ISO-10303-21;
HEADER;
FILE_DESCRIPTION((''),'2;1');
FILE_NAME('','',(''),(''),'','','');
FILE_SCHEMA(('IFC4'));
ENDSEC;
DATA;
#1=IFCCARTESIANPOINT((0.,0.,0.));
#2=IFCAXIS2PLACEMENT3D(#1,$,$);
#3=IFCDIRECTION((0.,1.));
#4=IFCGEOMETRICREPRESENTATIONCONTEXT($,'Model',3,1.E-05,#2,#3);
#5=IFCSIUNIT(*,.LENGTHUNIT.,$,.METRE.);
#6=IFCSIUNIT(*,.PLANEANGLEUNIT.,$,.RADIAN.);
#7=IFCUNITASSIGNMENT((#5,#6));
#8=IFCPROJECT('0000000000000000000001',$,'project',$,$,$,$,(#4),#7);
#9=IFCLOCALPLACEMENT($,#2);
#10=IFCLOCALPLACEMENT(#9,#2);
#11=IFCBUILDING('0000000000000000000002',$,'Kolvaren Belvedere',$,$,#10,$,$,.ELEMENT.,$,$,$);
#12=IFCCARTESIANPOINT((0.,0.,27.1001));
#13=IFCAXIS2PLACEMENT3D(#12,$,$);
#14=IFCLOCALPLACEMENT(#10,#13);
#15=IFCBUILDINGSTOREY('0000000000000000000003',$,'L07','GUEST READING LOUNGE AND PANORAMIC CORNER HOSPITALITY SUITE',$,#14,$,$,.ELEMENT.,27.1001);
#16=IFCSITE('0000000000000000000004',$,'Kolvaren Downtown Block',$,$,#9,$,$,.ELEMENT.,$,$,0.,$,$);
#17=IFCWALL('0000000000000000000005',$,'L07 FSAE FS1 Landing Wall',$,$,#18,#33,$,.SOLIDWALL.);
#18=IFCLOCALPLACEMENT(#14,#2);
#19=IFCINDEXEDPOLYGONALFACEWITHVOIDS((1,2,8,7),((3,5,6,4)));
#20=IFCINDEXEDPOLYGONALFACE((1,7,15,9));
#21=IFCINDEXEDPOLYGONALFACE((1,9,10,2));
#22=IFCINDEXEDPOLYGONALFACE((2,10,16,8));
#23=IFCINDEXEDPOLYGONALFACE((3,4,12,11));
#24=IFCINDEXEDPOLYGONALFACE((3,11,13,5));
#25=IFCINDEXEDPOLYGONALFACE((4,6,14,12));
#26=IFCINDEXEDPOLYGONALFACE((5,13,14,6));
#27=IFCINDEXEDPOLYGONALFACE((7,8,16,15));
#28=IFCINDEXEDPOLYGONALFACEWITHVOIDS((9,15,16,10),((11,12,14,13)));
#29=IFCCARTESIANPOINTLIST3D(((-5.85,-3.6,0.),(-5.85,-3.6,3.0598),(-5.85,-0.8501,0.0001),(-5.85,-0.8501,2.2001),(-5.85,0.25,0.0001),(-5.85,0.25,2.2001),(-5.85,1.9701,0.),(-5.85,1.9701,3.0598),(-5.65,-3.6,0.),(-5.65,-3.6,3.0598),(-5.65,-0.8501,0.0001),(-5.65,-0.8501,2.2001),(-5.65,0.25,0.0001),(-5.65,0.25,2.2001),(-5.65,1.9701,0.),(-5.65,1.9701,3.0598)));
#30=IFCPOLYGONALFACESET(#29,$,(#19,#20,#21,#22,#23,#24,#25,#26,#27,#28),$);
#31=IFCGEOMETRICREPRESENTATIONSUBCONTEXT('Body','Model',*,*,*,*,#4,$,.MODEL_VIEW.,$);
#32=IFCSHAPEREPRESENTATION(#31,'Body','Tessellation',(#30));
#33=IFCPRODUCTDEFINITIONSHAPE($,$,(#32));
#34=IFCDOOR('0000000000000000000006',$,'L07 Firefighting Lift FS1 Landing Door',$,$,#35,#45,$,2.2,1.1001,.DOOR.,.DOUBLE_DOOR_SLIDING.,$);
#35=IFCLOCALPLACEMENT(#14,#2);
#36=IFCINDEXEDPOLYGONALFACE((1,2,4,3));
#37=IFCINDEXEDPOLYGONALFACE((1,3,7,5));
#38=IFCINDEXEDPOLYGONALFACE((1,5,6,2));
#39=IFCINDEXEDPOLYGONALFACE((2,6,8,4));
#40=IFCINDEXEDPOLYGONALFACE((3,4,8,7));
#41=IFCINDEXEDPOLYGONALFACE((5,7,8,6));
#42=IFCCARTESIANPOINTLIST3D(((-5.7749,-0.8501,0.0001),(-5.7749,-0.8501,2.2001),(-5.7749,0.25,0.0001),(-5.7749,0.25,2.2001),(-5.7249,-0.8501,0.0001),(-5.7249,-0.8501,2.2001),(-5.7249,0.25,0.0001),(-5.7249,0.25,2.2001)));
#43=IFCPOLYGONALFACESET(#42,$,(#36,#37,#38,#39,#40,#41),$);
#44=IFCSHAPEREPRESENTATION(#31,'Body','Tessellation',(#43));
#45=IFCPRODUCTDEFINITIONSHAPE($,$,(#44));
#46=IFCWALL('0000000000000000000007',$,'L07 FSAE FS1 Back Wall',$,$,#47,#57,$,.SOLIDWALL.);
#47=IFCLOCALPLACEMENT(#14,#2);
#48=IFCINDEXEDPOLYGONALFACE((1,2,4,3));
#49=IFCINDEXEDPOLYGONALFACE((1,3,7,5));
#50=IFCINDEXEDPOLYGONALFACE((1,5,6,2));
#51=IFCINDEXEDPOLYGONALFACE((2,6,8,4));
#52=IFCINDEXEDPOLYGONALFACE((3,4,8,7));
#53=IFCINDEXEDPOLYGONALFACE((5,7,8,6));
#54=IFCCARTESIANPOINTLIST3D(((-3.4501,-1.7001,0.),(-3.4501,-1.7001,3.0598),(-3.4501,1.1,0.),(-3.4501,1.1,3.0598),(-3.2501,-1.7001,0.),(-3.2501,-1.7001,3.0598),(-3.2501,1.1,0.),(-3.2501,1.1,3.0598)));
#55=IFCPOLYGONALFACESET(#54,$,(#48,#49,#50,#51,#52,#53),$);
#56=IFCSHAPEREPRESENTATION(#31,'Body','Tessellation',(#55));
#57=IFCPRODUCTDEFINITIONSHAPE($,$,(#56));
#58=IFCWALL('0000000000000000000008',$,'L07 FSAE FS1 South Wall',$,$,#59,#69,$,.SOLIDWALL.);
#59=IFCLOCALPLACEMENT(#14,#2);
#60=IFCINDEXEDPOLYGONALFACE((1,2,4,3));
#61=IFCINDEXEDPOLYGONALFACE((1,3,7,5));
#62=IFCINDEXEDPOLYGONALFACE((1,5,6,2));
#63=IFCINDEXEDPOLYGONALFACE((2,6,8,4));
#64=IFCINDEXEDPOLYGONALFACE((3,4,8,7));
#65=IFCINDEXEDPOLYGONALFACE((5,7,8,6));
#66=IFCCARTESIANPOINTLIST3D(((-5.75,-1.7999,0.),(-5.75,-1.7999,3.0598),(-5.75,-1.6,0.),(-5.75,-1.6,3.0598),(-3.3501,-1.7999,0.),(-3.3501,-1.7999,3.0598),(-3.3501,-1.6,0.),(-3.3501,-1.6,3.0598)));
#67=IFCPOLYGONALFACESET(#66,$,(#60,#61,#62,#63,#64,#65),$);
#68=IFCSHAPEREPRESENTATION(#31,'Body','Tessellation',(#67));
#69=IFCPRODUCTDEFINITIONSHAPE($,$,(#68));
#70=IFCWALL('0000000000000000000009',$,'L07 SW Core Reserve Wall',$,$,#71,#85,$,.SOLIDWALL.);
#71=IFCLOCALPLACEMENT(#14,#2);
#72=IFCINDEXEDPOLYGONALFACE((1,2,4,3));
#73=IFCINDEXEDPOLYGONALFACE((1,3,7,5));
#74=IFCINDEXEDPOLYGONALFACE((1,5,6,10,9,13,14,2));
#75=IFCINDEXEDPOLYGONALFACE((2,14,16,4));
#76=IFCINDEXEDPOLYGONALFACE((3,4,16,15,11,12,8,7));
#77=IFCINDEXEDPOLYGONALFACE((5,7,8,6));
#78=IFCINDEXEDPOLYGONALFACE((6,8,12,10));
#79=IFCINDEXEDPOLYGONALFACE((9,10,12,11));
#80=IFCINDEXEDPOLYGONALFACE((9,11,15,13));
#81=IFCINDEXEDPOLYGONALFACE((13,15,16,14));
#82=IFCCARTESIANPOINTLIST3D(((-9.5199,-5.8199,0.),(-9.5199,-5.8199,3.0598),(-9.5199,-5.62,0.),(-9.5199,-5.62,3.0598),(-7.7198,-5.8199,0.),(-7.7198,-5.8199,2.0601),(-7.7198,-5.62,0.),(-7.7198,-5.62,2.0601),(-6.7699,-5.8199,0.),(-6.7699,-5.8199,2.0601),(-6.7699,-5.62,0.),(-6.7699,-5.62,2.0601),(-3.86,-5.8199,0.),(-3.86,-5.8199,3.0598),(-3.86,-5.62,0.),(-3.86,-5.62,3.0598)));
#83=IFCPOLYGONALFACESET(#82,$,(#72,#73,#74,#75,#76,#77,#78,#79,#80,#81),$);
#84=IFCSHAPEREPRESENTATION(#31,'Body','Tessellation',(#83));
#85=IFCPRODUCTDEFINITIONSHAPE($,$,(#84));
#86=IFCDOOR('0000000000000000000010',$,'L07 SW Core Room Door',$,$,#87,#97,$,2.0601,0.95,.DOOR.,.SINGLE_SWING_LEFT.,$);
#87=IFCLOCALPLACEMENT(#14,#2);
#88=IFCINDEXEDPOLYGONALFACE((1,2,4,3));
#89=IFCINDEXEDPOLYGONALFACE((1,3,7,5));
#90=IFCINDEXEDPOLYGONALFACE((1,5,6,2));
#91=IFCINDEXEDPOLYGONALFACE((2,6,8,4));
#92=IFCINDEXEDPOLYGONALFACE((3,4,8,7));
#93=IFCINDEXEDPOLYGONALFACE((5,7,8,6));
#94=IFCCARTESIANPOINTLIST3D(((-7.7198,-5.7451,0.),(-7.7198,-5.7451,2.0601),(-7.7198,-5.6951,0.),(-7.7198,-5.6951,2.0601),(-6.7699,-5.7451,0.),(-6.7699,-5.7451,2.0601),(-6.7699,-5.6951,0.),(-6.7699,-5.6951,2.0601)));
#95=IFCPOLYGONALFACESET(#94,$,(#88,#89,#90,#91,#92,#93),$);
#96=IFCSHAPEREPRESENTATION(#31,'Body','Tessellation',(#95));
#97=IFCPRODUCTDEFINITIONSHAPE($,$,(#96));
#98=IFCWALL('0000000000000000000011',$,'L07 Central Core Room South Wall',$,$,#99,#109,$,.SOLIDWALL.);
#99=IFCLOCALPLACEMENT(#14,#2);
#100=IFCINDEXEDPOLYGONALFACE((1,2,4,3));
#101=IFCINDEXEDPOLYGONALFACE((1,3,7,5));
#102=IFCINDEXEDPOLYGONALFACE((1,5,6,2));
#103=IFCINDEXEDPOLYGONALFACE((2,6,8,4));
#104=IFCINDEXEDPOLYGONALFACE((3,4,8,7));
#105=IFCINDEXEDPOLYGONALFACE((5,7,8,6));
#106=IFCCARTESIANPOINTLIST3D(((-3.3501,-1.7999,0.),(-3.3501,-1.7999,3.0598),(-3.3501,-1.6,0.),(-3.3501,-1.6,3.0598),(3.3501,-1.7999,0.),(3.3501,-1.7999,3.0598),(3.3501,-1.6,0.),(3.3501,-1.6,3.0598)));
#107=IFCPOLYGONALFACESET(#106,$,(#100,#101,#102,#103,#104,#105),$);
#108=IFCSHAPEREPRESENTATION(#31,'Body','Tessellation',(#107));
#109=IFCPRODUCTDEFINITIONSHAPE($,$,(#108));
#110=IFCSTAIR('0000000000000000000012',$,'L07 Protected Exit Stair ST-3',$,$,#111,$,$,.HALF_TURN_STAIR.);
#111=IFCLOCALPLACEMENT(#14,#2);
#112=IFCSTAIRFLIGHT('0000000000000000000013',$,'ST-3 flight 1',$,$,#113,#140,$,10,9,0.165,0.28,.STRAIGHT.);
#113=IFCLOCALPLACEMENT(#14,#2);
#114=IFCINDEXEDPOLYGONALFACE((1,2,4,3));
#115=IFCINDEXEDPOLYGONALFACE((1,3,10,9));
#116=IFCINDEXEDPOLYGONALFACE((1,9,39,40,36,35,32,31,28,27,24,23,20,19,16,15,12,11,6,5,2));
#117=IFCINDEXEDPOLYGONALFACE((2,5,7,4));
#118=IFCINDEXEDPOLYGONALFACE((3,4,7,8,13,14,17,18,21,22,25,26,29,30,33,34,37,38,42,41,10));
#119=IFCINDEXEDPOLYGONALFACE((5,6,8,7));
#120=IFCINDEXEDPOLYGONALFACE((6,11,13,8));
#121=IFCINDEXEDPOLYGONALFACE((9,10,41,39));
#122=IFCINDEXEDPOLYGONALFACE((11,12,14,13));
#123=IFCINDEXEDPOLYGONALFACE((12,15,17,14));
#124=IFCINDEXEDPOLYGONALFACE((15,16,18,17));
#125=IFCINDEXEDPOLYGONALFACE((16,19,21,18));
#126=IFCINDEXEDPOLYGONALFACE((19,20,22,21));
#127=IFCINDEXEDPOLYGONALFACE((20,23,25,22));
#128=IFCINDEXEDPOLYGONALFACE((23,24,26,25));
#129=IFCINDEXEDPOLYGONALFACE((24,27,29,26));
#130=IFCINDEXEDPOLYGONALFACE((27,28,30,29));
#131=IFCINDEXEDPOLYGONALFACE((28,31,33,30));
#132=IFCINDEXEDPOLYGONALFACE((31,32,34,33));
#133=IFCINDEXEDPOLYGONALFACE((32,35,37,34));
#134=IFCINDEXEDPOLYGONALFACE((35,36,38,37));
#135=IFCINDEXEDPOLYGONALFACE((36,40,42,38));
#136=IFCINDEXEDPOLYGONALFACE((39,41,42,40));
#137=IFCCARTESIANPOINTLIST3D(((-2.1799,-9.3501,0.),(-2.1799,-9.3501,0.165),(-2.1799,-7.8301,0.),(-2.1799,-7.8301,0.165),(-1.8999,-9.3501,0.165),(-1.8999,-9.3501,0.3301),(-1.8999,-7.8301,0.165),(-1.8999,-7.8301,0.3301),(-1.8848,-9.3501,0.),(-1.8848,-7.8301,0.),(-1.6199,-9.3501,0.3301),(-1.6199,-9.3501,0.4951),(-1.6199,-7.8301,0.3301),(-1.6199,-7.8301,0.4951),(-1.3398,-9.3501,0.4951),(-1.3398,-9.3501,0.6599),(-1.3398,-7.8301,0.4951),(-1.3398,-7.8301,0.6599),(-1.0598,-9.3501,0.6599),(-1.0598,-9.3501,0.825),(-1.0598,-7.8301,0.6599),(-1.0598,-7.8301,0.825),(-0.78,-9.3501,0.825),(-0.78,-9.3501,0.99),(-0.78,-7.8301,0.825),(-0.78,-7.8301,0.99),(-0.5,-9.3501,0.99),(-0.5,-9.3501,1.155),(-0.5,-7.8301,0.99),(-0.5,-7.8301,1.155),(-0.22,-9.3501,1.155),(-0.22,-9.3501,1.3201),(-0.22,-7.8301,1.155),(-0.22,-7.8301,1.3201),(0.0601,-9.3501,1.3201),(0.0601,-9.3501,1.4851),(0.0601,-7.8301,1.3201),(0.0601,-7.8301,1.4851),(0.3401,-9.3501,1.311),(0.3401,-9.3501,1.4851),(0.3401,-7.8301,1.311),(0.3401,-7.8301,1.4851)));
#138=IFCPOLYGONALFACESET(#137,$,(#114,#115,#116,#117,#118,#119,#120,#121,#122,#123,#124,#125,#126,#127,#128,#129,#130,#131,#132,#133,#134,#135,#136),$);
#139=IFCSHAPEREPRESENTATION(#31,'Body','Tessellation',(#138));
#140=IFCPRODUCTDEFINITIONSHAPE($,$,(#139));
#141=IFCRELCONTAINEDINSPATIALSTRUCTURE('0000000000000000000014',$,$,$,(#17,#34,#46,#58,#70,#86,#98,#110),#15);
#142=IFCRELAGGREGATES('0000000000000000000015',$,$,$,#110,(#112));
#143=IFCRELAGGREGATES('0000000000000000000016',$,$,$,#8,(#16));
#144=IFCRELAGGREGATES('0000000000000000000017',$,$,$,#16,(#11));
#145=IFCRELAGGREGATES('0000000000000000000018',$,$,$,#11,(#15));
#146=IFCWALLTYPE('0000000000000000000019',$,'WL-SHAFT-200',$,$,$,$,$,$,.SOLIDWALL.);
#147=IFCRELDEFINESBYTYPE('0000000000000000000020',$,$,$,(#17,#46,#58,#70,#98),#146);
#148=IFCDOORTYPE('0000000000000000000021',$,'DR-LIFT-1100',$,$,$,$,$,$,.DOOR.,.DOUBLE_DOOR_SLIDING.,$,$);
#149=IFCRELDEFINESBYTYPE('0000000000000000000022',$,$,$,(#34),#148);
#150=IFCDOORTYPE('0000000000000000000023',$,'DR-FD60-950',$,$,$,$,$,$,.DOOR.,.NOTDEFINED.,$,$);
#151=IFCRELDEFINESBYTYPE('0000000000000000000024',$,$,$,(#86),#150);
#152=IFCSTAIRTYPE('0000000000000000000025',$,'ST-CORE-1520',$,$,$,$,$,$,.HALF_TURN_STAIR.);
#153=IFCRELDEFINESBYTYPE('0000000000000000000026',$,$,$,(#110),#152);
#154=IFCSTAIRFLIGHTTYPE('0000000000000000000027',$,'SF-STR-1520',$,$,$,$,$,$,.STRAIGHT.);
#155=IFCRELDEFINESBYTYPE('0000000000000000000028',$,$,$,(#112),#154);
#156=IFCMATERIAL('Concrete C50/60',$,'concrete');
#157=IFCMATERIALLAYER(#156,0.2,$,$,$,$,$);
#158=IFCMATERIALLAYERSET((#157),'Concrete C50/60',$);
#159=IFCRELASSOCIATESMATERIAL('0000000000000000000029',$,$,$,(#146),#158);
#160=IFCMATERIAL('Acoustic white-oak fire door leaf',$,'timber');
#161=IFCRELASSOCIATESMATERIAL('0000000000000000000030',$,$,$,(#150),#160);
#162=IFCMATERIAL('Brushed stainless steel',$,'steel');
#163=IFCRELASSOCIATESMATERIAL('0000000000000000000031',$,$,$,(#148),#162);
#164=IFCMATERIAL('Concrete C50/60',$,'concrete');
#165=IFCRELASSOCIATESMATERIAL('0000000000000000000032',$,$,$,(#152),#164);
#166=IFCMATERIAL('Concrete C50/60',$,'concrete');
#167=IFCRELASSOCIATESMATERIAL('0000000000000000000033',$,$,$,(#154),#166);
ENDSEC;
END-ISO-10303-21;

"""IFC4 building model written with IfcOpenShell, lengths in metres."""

from ifc_helpers import new_model, si_unit, direction, frame, frame_2d, origin, place, context, subcontext, project, spatial, polyline, rectangle, outline, extrude, material, layer, layer_set, type_object, element, fill, aggregate, save


model = new_model("IFC4")

# Units and contexts
model_context = context("Model", 3, precision=1e-05, world=origin(), true_north=direction((0.0, 1.0)))
body_context = subcontext(model_context, "Body", "Model", "MODEL_VIEW")
ifc_project = project(units=[si_unit("LENGTHUNIT", "METRE"), si_unit("PLANEANGLEUNIT", "RADIAN")], contexts=[model_context])

# Site, building, storey
site_placement = place(None, origin())
site = spatial("IfcSite", under=ifc_project, at=site_placement, Name="Kolvaren Downtown Block", CompositionType="ELEMENT", RefElevation=0.0)
building_placement = place(site_placement, origin())
building = spatial("IfcBuilding", under=site, at=building_placement, Name="Kolvaren Belvedere", CompositionType="ELEMENT")
storey_placement = place(building_placement, frame((0.0, 0.0, 27.1001)))
storey = spatial("IfcBuildingStorey", under=building, at=storey_placement, Name="L07", Description="GUEST READING LOUNGE AND PANORAMIC CORNER HOSPITALITY SUITE", CompositionType="ELEMENT", Elevation=27.1001)

# Wall, opening, door
ifc_material_1 = material(Name="Concrete C50/60", Category="concrete")
ifc_layer_1 = layer(ifc_material_1, 0.2)
ifc_layer_set_1 = layer_set([ifc_layer_1], Name="Concrete C50/60")
wall_type_1 = type_object("IfcWallType", Name="WL-SHAFT-200", PredefinedType="SOLIDWALL", material=ifc_layer_set_1)
ifc_material_2 = material(Name="Acoustic white-oak fire door leaf", Category="timber")
door_type_1 = type_object("IfcDoorType", Name="DR-FD60-950", OperationType="NOTDEFINED", PredefinedType="DOOR", material=ifc_material_2)
wall_1_placement = place(storey_placement, frame((-5.75, -3.6001, 0.0), z_axis=(0.0, 0.0, 1.0), x_axis=(0.0, 1.0, 0.0)))
wall_1 = element("IfcWall", 1, at=wall_1_placement, inside=storey, type_object=wall_type_1, Name="L07 FSAE FS1 Landing Wall", PredefinedType="SOLIDWALL", context=body_context, shape_type="SweptSolid", body=[
    extrude(rectangle(XDim=5.5701, YDim=0.2, at=frame_2d((2.7852, 0.0))), origin(), (0.0, 0.0, 1.0), 3.0598),
])
opening_1_placement = place(wall_1_placement, frame((2.75, 0.0, 0.0)))
opening_1 = element("IfcOpeningElement", 2, at=opening_1_placement, cuts=wall_1, PredefinedType="OPENING", context=body_context, shape_type="SweptSolid", body=[
    extrude(rectangle(XDim=1.1001, YDim=2.2, at=frame_2d((0.55, 1.1001))), frame((0.0, 0.1099, 0.0), z_axis=(0.0, -1.0, 0.0), x_axis=(1.0, 0.0, 0.0)), (0.0, 0.0, 1.0), 0.22),
])
ifc_material_3 = material(Name="Brushed stainless steel", Category="steel")
door_type_2 = type_object("IfcDoorType", Name="DR-LIFT-1100", OperationType="DOUBLE_DOOR_SLIDING", PredefinedType="DOOR", material=ifc_material_3)
door_1_placement = place(opening_1_placement, origin())
door_1 = element("IfcDoor", 3, at=door_1_placement, inside=storey, type_object=door_type_2, Name="L07 Firefighting Lift FS1 Landing Door", OperationType="DOUBLE_DOOR_SLIDING", OverallHeight=2.2, OverallWidth=1.1001, PredefinedType="DOOR", context=body_context, shape_type="SweptSolid", body=[
    extrude(rectangle(XDim=1.1001, YDim=2.2, at=frame_2d((0.55, 1.1001))), frame((0.0, 0.0249, 0.0), z_axis=(0.0, -1.0, 0.0), x_axis=(1.0, 0.0, 0.0)), (0.0, 0.0, 1.0), 0.05),
])
fill(opening_1, door_1)

# Walls
wall_2_placement = place(storey_placement, frame((-3.3501, -1.7, 0.0), z_axis=(0.0, 0.0, 1.0), x_axis=(0.0, 1.0, 0.0)))
element("IfcWall", 4, at=wall_2_placement, inside=storey, type_object=wall_type_1, Name="L07 FSAE FS1 Back Wall", PredefinedType="SOLIDWALL", context=body_context, shape_type="SweptSolid", body=[
    extrude(rectangle(XDim=2.8, YDim=0.2, at=frame_2d((1.3999, 0.0))), origin(), (0.0, 0.0, 1.0), 3.0598),
])
wall_3_placement = place(storey_placement, frame((-5.75, -1.7, 0.0), z_axis=(0.0, 0.0, 1.0), x_axis=(1.0, 0.0, 0.0)))
element("IfcWall", 5, at=wall_3_placement, inside=storey, type_object=wall_type_1, Name="L07 FSAE FS1 South Wall", PredefinedType="SOLIDWALL", context=body_context, shape_type="SweptSolid", body=[
    extrude(rectangle(XDim=2.3999, YDim=0.2, at=frame_2d((1.2, 0.0))), origin(), (0.0, 0.0, 1.0), 3.0598),
])

# Wall, opening, door
wall_4_placement = place(storey_placement, frame((-9.52, -5.72, 0.0), z_axis=(0.0, 0.0, 1.0), x_axis=(1.0, 0.0, 0.0)))
wall_4 = element("IfcWall", 6, at=wall_4_placement, inside=storey, type_object=wall_type_1, Name="L07 SW Core Reserve Wall", PredefinedType="SOLIDWALL", context=body_context, shape_type="SweptSolid", body=[
    extrude(rectangle(XDim=5.6599, YDim=0.2, at=frame_2d((2.8301, 0.0))), origin(), (0.0, 0.0, 1.0), 3.0598),
])
opening_2_placement = place(wall_4_placement, frame((1.8, 0.0, 0.0)))
opening_2 = element("IfcOpeningElement", 7, at=opening_2_placement, cuts=wall_4, PredefinedType="OPENING", context=body_context, shape_type="SweptSolid", body=[
    extrude(rectangle(XDim=0.95, YDim=2.0601, at=frame_2d((0.4751, 1.03))), frame((0.0, 0.1099, 0.0), z_axis=(0.0, -1.0, 0.0), x_axis=(1.0, 0.0, 0.0)), (0.0, 0.0, 1.0), 0.22),
])
door_2_placement = place(opening_2_placement, origin())
door_2 = element("IfcDoor", 8, at=door_2_placement, inside=storey, type_object=door_type_1, Name="L07 SW Core Room Door", OperationType="SINGLE_SWING_LEFT", OverallHeight=2.0601, OverallWidth=0.95, PredefinedType="DOOR", context=body_context, shape_type="SweptSolid", body=[
    extrude(rectangle(XDim=0.95, YDim=2.0601, at=frame_2d((0.4751, 1.03))), frame((0.0, 0.0249, 0.0), z_axis=(0.0, -1.0, 0.0), x_axis=(1.0, 0.0, 0.0)), (0.0, 0.0, 1.0), 0.05),
])
fill(opening_2, door_2)

# Wall
wall_5_placement = place(storey_placement, frame((-3.3501, -1.7, 0.0), z_axis=(0.0, 0.0, 1.0), x_axis=(1.0, 0.0, 0.0)))
element("IfcWall", 9, at=wall_5_placement, inside=storey, type_object=wall_type_1, Name="L07 Central Core Room South Wall", PredefinedType="SOLIDWALL", context=body_context, shape_type="SweptSolid", body=[
    extrude(rectangle(XDim=6.7002, YDim=0.2, at=frame_2d((3.3501, 0.0))), origin(), (0.0, 0.0, 1.0), 3.0598),
])

# Stair, stair flight
ifc_material_4 = material(Name="Concrete C50/60", Category="concrete")
stair_type = type_object("IfcStairType", Name="ST-CORE-1520", PredefinedType="HALF_TURN_STAIR", material=ifc_material_4)
stair_placement = place(storey_placement, origin())
stair = element("IfcStair", 10, at=stair_placement, inside=storey, type_object=stair_type, Name="L07 Protected Exit Stair ST-3", PredefinedType="HALF_TURN_STAIR")
ifc_material_5 = material(Name="Concrete C50/60", Category="concrete")
stair_flight_type = type_object("IfcStairFlightType", Name="SF-STR-1520", PredefinedType="STRAIGHT", material=ifc_material_5)
stair_flight_placement = place(storey_placement, frame((-2.1799, -8.5901, 0.0), z_axis=(0.0, 0.0, 1.0), x_axis=(1.0, 0.0, 0.0)))
stair_flight = element("IfcStairFlight", 11, at=stair_flight_placement, type_object=stair_flight_type, Name="ST-3 flight 1", NumberOfRisers=10, NumberOfTreads=9, PredefinedType="STRAIGHT", RiserHeight=0.165, TreadLength=0.28, context=body_context, shape_type="SweptSolid", body=[
    extrude(outline(polyline([(0.0, 0.0), (0.0, 0.165), (0.28, 0.165), (0.28, 0.3301), (0.5601, 0.3301), (0.5601, 0.4951), (0.8401, 0.4951), (0.8401, 0.6599), (1.1201, 0.6599), (1.1201, 0.825), (1.3999, 0.825), (1.3999, 0.99), (1.6799, 0.99), (1.6799, 1.155), (1.96, 1.155), (1.96, 1.3201), (2.24, 1.3201), (2.24, 1.4851), (2.52, 1.4851), (2.52, 1.6499), (2.52, 1.311), (0.2952, 0.0), (0.0, 0.0)])), frame((0.0, 0.76, 0.0), z_axis=(0.0, -1.0, 0.0), x_axis=(1.0, 0.0, 0.0)), (0.0, 0.0, 1.0), 1.52),
])
aggregate(stair, [stair_flight])

save(model, "model.ifc")
